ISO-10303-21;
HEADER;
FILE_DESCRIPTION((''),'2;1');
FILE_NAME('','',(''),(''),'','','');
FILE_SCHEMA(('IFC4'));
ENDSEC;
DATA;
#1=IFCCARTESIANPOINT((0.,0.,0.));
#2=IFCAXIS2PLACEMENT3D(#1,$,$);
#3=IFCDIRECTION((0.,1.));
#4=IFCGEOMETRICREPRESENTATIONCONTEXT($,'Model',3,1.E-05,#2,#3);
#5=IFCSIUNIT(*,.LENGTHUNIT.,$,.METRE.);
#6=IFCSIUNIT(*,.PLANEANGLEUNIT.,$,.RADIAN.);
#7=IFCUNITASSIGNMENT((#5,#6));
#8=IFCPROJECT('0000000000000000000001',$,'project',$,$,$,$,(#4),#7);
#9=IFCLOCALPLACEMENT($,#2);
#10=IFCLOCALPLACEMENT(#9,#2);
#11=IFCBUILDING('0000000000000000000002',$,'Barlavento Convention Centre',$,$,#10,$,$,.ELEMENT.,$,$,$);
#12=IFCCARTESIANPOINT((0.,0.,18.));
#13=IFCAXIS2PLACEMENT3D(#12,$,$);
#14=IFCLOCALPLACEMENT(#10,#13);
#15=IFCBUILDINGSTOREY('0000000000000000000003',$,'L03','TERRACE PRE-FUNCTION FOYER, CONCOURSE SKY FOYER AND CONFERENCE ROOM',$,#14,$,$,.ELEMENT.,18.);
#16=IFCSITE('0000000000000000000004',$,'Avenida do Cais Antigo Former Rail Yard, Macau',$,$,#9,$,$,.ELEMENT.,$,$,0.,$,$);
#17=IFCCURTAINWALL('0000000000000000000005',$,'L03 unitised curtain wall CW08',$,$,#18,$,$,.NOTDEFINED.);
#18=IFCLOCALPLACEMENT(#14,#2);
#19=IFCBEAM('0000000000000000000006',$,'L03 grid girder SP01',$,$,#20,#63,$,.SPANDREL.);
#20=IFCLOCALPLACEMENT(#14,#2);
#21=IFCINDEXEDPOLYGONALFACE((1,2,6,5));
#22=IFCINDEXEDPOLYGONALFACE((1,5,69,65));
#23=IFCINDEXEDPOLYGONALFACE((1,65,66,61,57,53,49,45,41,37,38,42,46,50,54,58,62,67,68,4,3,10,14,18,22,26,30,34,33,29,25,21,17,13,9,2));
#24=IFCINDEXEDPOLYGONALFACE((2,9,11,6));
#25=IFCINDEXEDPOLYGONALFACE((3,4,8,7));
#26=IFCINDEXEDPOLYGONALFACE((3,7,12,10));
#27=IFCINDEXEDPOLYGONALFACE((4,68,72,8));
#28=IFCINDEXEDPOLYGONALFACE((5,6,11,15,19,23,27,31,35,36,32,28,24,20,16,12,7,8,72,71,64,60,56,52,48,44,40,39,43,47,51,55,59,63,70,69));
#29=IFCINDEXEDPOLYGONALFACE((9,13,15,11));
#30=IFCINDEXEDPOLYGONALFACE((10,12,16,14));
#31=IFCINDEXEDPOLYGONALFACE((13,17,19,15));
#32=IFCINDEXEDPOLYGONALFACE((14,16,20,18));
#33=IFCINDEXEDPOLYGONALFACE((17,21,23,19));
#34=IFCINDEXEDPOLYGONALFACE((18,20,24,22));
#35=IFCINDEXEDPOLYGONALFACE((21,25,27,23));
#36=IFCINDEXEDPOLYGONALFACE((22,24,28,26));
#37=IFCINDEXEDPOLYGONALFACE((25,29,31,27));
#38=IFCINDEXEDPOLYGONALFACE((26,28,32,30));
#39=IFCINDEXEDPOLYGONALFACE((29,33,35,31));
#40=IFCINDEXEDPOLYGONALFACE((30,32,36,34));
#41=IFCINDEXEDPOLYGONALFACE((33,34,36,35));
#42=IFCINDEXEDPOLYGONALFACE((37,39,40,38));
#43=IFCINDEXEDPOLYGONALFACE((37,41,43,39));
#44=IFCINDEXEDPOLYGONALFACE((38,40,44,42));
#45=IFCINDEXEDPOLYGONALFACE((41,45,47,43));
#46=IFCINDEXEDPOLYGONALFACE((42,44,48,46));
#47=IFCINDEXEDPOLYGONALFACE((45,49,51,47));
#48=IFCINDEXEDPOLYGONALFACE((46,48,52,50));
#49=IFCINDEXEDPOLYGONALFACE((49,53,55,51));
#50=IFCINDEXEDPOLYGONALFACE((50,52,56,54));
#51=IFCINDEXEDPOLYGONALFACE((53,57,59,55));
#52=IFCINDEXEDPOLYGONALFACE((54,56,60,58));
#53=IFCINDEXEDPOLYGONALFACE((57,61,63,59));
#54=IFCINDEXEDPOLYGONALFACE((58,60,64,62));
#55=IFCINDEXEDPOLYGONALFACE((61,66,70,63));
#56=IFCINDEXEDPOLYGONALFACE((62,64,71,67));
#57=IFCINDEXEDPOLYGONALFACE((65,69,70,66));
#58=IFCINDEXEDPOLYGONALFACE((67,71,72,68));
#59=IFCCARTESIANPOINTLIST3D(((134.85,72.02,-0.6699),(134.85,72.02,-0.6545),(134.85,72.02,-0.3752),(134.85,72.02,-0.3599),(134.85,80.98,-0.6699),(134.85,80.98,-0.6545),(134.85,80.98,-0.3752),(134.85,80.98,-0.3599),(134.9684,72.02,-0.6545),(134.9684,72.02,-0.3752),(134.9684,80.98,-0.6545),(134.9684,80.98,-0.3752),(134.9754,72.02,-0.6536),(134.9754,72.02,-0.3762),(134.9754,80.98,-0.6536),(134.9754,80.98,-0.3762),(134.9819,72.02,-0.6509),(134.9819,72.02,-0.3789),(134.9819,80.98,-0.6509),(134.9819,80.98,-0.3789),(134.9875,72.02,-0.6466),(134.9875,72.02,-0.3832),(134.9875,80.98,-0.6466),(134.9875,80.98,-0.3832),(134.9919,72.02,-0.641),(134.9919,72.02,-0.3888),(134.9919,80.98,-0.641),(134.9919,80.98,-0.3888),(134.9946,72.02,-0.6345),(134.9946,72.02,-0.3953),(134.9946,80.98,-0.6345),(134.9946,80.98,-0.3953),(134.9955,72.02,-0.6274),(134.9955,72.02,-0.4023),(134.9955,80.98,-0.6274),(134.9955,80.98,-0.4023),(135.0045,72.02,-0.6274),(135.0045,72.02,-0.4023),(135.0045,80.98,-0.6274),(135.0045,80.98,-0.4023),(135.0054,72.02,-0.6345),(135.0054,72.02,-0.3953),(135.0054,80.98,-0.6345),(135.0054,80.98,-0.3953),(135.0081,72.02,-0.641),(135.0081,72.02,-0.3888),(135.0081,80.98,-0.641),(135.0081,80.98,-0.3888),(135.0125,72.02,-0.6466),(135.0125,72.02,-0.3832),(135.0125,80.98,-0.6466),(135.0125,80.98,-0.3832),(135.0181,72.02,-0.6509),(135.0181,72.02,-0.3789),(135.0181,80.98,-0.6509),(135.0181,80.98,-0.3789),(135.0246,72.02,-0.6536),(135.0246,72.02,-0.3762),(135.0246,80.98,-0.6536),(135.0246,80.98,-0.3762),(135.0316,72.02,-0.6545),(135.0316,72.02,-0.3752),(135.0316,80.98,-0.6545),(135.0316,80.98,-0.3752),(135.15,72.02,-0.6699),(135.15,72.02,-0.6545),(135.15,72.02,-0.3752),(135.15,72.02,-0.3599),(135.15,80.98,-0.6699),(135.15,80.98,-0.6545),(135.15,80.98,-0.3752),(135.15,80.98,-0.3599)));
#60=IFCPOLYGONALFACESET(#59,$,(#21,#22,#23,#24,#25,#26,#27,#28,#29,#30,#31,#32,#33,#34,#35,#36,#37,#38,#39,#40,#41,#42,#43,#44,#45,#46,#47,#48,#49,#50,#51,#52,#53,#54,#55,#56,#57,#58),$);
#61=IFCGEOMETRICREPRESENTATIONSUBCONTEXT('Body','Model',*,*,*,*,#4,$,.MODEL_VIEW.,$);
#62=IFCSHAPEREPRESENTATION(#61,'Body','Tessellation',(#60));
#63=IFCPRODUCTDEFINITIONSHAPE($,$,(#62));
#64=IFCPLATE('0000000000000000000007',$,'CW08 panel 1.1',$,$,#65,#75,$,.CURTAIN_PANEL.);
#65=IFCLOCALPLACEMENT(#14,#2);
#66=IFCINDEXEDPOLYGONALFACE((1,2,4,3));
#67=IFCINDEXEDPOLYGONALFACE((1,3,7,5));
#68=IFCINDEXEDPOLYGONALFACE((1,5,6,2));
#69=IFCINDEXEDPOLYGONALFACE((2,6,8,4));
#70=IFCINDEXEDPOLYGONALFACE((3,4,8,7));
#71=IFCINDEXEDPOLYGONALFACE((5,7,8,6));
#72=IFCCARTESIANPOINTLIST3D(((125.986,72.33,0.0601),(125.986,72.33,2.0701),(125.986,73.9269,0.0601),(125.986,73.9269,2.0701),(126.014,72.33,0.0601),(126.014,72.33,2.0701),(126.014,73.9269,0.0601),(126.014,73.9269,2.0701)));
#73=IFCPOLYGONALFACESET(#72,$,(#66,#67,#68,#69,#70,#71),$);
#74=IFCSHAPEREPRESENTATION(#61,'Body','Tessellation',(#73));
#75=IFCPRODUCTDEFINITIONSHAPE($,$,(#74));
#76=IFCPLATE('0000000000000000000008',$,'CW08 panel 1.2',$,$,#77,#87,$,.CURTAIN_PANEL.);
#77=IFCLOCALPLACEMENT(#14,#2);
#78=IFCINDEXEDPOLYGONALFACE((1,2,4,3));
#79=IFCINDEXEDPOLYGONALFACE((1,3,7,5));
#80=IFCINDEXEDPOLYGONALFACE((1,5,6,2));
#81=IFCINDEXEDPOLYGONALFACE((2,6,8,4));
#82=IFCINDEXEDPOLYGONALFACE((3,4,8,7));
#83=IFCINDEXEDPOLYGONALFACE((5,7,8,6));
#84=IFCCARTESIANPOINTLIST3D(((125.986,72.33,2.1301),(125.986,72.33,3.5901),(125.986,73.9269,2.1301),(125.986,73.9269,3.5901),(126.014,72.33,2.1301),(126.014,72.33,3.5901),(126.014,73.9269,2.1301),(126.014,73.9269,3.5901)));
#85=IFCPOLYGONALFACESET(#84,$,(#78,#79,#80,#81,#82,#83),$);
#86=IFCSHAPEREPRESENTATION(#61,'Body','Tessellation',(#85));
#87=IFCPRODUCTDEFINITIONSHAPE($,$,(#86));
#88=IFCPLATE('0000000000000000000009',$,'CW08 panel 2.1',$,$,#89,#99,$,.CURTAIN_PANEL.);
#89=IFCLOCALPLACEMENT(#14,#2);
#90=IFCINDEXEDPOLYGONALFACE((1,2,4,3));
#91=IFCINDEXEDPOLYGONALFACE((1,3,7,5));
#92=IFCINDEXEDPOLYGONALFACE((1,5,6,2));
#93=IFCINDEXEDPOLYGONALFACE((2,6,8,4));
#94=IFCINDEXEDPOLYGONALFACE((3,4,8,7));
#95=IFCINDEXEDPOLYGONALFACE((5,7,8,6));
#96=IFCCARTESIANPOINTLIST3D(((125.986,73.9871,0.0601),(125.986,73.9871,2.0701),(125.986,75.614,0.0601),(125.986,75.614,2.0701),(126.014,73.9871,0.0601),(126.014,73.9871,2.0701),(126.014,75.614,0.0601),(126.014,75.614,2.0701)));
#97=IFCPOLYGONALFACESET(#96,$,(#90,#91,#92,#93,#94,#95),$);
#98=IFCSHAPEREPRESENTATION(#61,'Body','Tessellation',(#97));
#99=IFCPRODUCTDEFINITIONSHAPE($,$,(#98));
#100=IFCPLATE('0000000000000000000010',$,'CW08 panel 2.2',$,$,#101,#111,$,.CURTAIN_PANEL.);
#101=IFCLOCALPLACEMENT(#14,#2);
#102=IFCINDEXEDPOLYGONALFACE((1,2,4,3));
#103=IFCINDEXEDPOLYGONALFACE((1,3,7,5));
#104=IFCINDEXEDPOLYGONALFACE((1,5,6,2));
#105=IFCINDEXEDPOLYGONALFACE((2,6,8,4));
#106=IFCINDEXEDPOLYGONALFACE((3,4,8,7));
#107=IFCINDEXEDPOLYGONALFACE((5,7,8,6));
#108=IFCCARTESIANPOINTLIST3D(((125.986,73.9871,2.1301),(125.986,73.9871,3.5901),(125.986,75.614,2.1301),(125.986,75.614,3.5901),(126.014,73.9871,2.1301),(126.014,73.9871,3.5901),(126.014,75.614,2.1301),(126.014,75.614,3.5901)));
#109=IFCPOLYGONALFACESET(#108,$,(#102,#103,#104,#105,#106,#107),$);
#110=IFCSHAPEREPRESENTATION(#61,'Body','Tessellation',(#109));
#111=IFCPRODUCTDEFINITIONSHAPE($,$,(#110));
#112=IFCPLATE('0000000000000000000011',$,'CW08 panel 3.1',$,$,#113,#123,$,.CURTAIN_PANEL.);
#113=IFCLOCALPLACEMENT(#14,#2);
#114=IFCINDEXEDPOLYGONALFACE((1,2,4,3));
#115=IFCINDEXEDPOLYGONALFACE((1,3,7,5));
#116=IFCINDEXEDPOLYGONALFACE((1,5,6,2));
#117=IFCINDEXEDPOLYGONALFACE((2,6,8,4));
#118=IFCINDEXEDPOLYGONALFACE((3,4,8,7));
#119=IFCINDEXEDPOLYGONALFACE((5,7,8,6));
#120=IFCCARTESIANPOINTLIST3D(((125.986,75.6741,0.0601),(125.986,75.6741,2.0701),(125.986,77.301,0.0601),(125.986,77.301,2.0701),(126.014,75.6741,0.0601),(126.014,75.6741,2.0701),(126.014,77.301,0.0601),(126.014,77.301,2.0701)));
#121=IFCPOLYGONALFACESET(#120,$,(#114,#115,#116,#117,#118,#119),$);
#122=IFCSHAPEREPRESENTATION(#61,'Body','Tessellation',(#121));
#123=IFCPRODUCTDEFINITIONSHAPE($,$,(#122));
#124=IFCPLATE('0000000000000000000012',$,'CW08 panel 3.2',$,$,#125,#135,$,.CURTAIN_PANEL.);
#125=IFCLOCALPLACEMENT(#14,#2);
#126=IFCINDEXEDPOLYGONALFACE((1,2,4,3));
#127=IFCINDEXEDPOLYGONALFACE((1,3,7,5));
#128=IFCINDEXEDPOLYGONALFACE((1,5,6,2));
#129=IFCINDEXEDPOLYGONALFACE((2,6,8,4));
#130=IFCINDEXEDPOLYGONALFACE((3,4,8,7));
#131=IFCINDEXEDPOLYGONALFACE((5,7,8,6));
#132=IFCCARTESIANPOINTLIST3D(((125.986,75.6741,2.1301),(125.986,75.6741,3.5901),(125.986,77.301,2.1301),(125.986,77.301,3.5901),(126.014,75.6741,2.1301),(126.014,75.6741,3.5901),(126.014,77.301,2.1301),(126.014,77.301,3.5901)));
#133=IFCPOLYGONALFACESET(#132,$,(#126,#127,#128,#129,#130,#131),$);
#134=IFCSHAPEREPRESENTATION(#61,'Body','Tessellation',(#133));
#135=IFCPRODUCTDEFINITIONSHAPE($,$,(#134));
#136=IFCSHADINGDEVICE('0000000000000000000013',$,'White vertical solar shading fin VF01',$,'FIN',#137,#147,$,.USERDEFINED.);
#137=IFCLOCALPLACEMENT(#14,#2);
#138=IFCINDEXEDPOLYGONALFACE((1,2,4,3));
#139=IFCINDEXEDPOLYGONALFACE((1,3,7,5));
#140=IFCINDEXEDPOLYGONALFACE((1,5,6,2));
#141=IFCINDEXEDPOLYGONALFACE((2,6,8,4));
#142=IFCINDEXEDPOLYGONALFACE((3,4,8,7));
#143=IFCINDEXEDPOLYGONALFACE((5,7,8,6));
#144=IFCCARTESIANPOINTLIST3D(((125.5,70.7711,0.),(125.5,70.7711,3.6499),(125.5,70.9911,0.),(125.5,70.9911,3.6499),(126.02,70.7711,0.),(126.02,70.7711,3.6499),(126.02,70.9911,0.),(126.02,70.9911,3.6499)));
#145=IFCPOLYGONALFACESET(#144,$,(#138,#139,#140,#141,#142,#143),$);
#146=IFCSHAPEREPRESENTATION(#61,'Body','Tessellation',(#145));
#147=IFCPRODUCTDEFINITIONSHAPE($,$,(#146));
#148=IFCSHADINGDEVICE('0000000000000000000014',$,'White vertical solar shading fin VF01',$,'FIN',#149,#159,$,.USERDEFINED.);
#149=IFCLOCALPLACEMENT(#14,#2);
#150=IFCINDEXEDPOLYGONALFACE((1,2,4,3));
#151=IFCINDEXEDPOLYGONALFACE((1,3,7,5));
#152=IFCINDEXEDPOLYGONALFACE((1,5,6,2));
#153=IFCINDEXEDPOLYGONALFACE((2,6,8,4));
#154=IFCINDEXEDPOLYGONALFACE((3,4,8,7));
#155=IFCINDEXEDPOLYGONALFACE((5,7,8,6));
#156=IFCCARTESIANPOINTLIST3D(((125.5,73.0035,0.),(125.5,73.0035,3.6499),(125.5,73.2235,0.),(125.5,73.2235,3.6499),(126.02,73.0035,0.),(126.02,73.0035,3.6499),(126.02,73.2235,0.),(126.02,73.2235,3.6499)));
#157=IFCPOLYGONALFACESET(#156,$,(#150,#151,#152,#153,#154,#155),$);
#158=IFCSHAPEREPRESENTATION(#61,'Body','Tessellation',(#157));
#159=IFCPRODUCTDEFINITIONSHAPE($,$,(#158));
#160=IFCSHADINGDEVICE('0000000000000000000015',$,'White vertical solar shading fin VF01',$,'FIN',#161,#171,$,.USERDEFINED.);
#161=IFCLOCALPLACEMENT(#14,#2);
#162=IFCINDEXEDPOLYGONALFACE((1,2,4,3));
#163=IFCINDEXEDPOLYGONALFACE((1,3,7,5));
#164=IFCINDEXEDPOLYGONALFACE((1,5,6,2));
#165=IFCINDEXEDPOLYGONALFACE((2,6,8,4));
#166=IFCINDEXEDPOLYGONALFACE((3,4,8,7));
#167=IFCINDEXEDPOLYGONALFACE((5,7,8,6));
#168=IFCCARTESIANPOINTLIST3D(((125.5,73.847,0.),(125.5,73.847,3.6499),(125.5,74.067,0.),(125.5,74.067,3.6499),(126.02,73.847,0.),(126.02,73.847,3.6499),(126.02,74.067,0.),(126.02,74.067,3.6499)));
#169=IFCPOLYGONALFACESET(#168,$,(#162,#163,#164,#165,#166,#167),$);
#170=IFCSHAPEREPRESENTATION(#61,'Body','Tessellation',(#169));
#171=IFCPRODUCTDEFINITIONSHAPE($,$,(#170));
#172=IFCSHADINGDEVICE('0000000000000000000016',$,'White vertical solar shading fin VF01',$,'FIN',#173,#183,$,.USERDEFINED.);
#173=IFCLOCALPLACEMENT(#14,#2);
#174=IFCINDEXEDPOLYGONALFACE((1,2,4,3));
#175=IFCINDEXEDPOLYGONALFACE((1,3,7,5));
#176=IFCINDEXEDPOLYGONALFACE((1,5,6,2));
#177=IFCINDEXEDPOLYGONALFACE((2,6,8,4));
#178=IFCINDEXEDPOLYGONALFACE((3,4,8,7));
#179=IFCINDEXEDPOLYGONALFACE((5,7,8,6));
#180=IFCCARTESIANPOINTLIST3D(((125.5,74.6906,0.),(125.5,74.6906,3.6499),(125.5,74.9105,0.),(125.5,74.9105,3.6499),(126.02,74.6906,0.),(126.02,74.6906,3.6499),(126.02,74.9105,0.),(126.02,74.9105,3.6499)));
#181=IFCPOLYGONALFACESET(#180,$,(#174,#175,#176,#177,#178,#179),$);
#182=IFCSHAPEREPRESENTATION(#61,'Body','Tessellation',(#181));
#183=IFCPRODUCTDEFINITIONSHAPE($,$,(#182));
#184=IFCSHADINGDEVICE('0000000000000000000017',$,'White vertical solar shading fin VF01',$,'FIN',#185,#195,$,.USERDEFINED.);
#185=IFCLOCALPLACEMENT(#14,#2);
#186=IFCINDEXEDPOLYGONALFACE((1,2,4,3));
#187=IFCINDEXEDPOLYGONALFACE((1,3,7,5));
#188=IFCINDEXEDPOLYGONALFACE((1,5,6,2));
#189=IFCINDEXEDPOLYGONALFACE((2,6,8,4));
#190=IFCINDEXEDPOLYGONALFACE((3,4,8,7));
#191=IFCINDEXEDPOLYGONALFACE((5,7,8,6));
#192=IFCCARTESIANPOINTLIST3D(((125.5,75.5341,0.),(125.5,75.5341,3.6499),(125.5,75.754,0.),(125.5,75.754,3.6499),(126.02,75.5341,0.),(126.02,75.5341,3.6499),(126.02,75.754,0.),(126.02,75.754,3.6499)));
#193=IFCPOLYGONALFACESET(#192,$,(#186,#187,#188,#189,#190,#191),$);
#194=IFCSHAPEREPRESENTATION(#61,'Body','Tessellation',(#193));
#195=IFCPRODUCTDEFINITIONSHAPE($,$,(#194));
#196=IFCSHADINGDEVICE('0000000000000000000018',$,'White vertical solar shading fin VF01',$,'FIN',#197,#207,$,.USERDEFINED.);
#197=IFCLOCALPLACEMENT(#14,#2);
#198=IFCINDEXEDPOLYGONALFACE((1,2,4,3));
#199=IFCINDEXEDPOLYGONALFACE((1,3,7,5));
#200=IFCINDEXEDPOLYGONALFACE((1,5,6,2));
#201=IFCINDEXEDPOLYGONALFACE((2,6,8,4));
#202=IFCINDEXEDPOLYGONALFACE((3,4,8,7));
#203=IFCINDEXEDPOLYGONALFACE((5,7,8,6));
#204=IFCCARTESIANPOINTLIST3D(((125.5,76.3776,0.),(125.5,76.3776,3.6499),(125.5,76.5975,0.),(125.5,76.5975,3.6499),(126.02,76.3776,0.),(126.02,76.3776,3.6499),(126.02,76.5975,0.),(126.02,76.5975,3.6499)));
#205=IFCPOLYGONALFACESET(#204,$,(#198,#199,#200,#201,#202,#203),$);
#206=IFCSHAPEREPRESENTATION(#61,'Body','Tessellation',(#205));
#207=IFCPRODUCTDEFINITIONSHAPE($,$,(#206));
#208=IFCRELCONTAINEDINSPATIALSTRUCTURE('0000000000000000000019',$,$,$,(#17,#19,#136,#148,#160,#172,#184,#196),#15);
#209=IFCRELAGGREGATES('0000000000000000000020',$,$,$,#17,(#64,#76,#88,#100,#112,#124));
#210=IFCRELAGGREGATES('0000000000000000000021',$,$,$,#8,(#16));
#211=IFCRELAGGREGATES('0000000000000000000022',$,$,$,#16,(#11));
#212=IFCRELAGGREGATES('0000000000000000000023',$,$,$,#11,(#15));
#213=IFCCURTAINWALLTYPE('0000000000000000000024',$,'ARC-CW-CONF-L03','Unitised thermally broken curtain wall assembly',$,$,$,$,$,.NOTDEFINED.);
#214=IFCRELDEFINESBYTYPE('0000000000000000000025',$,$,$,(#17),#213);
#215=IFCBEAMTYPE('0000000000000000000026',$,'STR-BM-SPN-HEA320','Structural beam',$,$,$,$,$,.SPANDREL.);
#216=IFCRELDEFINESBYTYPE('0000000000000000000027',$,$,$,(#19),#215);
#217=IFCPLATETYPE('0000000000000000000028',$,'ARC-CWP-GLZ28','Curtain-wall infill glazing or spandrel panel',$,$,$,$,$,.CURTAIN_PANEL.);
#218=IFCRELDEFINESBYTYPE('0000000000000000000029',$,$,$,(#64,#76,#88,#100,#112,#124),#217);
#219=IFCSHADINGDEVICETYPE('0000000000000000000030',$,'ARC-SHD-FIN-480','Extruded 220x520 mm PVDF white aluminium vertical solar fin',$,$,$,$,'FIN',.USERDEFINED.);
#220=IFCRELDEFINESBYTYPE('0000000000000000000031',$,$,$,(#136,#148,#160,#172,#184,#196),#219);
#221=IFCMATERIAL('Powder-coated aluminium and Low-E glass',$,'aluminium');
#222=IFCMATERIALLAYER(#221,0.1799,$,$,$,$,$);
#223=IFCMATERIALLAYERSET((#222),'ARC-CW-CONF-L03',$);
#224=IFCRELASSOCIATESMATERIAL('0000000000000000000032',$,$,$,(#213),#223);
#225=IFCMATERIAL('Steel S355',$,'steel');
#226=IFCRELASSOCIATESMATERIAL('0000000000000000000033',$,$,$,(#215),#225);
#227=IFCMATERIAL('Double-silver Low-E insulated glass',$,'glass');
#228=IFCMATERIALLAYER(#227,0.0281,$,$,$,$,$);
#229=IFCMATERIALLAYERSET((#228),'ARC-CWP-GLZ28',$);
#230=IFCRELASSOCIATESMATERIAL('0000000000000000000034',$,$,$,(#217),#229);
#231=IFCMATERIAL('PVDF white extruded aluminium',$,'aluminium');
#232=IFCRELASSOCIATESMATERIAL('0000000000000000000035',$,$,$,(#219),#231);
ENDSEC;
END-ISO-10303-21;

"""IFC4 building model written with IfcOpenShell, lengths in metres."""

from ifc_helpers import new_model, si_unit, direction, frame, origin, origin_2d, place, context, subcontext, project, spatial, rectangle, i_section, extrude, material, layer, layer_set, material_profile, profile_set, type_object, element, aggregate, save


model = new_model("IFC4")

# Units and contexts
model_context = context("Model", 3, precision=1e-05, world=origin(), true_north=direction((0.0, 1.0)))
body_context = subcontext(model_context, "Body", "Model", "MODEL_VIEW")
ifc_project = project(units=[si_unit("LENGTHUNIT", "METRE"), si_unit("PLANEANGLEUNIT", "RADIAN")], contexts=[model_context])

# Site, building, storey
site_placement = place(None, origin())
site = spatial("IfcSite", under=ifc_project, at=site_placement, Name="Avenida do Cais Antigo Former Rail Yard, Macau", CompositionType="ELEMENT", RefElevation=0.0)
building_placement = place(site_placement, origin())
building = spatial("IfcBuilding", under=site, at=building_placement, Name="Barlavento Convention Centre", CompositionType="ELEMENT")
storey_placement = place(building_placement, frame((0.0, 0.0, 18.0)))
storey = spatial("IfcBuildingStorey", under=building, at=storey_placement, Name="L03", Description="TERRACE PRE-FUNCTION FOYER, CONCOURSE SKY FOYER AND CONFERENCE ROOM", CompositionType="ELEMENT", Elevation=18.0)

# Shared definitions
ifc_material_1 = material(Name="Steel S355", Category="steel")

# Shared definitions
ifc_material_2 = material(Name="Powder-coated aluminium and Low-E glass", Category="aluminium")
ifc_layer_1 = layer(ifc_material_2, 0.1799)
ifc_layer_set_1 = layer_set([ifc_layer_1], Name="ARC-CW-CONF-L03")
curtain_wall_type = type_object("IfcCurtainWallType", Name="ARC-CW-CONF-L03", Description="Unitised thermally broken curtain wall assembly", PredefinedType="NOTDEFINED", material=ifc_layer_set_1)

# Curtain wall
curtain_wall_1_placement = place(storey_placement, origin())
curtain_wall_1 = element("IfcCurtainWall", 1, at=curtain_wall_1_placement, inside=storey, type_object=curtain_wall_type, Name="L03 unitised curtain wall CW08", PredefinedType="NOTDEFINED")

# Beam
ifc_material_profile_1 = material_profile(ifc_material_1, i_section(OverallWidth=0.3, OverallDepth=0.3101, WebThickness=0.009, FlangeThickness=0.0154, FilletRadius=0.0271, at=origin_2d()), Name="HEA 320")
ifc_profile_set_1 = profile_set([ifc_material_profile_1], Name="Steel S355")
beam_type_1 = type_object("IfcBeamType", Name="STR-BM-SPN-HEA320", Description="Structural beam", PredefinedType="SPANDREL", material=ifc_profile_set_1)
beam_1_placement = place(storey_placement, frame((135.0, 72.02, -0.5149), z_axis=(0.0, 1.0, 0.0), x_axis=(-1.0, 0.0, 0.0)))
element("IfcBeam", 2, at=beam_1_placement, inside=storey, type_object=beam_type_1, Name="L03 grid girder SP01", PredefinedType="SPANDREL", context=body_context, shape_type="SweptSolid", body=[
    extrude(i_section(OverallWidth=0.3, OverallDepth=0.3101, WebThickness=0.009, FlangeThickness=0.0154, FilletRadius=0.0271, at=origin_2d()), origin(), (0.0, 0.0, 1.0), 8.96),
])

# Plates
ifc_material_3 = material(Name="Double-silver Low-E insulated glass", Category="glass")
ifc_layer_2 = layer(ifc_material_3, 0.0281)
ifc_layer_set_2 = layer_set([ifc_layer_2], Name="ARC-CWP-GLZ28")
plate_type = type_object("IfcPlateType", Name="ARC-CWP-GLZ28", Description="Curtain-wall infill glazing or spandrel panel", PredefinedType="CURTAIN_PANEL", material=ifc_layer_set_2)
plate_1_placement = place(storey_placement, frame((126.0, 73.1284, 0.0601), z_axis=(0.0, 0.0, 1.0), x_axis=(0.0, 1.0, 0.0)))
plate_1 = element("IfcPlate", 3, at=plate_1_placement, type_object=plate_type, Name="CW08 panel 1.1", PredefinedType="CURTAIN_PANEL", context=body_context, shape_type="SweptSolid", body=[
    extrude(rectangle(XDim=1.5969, YDim=0.0281, at=origin_2d()), origin(), (0.0, 0.0, 1.0), 2.01),
])
plate_2_placement = place(storey_placement, frame((126.0, 73.1284, 2.1301), z_axis=(0.0, 0.0, 1.0), x_axis=(0.0, 1.0, 0.0)))
plate_2 = element("IfcPlate", 4, at=plate_2_placement, type_object=plate_type, Name="CW08 panel 1.2", PredefinedType="CURTAIN_PANEL", context=body_context, shape_type="SweptSolid", body=[
    extrude(rectangle(XDim=1.5969, YDim=0.0281, at=origin_2d()), origin(), (0.0, 0.0, 1.0), 1.46),
])
plate_3_placement = place(storey_placement, frame((126.0, 74.8005, 0.0601), z_axis=(0.0, 0.0, 1.0), x_axis=(0.0, 1.0, 0.0)))
plate_3 = element("IfcPlate", 5, at=plate_3_placement, type_object=plate_type, Name="CW08 panel 2.1", PredefinedType="CURTAIN_PANEL", context=body_context, shape_type="SweptSolid", body=[
    extrude(rectangle(XDim=1.627, YDim=0.0281, at=origin_2d()), origin(), (0.0, 0.0, 1.0), 2.01),
])
plate_4_placement = place(storey_placement, frame((126.0, 74.8005, 2.1301), z_axis=(0.0, 0.0, 1.0), x_axis=(0.0, 1.0, 0.0)))
plate_4 = element("IfcPlate", 6, at=plate_4_placement, type_object=plate_type, Name="CW08 panel 2.2", PredefinedType="CURTAIN_PANEL", context=body_context, shape_type="SweptSolid", body=[
    extrude(rectangle(XDim=1.627, YDim=0.0281, at=origin_2d()), origin(), (0.0, 0.0, 1.0), 1.46),
])
plate_5_placement = place(storey_placement, frame((126.0, 76.4875, 0.0601), z_axis=(0.0, 0.0, 1.0), x_axis=(0.0, 1.0, 0.0)))
plate_5 = element("IfcPlate", 7, at=plate_5_placement, type_object=plate_type, Name="CW08 panel 3.1", PredefinedType="CURTAIN_PANEL", context=body_context, shape_type="SweptSolid", body=[
    extrude(rectangle(XDim=1.627, YDim=0.0281, at=origin_2d()), origin(), (0.0, 0.0, 1.0), 2.01),
])
plate_6_placement = place(storey_placement, frame((126.0, 76.4875, 2.1301), z_axis=(0.0, 0.0, 1.0), x_axis=(0.0, 1.0, 0.0)))
plate_6 = element("IfcPlate", 8, at=plate_6_placement, type_object=plate_type, Name="CW08 panel 3.2", PredefinedType="CURTAIN_PANEL", context=body_context, shape_type="SweptSolid", body=[
    extrude(rectangle(XDim=1.627, YDim=0.0281, at=origin_2d()), origin(), (0.0, 0.0, 1.0), 1.46),
])
aggregate(curtain_wall_1, [plate_1, plate_2, plate_3, plate_4, plate_5, plate_6])

# Shading devices
ifc_material_4 = material(Name="PVDF white extruded aluminium", Category="aluminium")
shading_device_type = type_object("IfcShadingDeviceType", Name="ARC-SHD-FIN-480", Description="Extruded 220x520 mm PVDF white aluminium vertical solar fin", ElementType="FIN", PredefinedType="USERDEFINED", material=ifc_material_4)
for number, where, z_axis, x_axis, name in (
    (9, (125.76, 70.8811, 0.0), (0.0, 0.0, 1.0), (0.0, 1.0, 0.0), "White vertical solar shading fin VF01"),
    (10, (125.76, 73.1135, 0.0), (0.0, 0.0, 1.0), (0.0, 1.0, 0.0), "White vertical solar shading fin VF01"),
    (11, (125.76, 73.957, 0.0), (0.0, 0.0, 1.0), (0.0, 1.0, 0.0), "White vertical solar shading fin VF01"),
    (12, (125.76, 74.8005, 0.0), (0.0, 0.0, 1.0), (0.0, 1.0, 0.0), "White vertical solar shading fin VF01"),
    (13, (125.76, 75.644, 0.0), (0.0, 0.0, 1.0), (0.0, 1.0, 0.0), "White vertical solar shading fin VF01"),
    (14, (125.76, 76.4875, 0.0), (0.0, 0.0, 1.0), (0.0, 1.0, 0.0), "White vertical solar shading fin VF01"),
):
    element("IfcShadingDevice", number, at=place(storey_placement, frame(where, z_axis=z_axis, x_axis=x_axis)), inside=storey, type_object=shading_device_type, Name=name, ObjectType="FIN", PredefinedType="USERDEFINED", context=body_context, shape_type="SweptSolid", body=[
        extrude(rectangle(XDim=0.22, YDim=0.52, at=origin_2d()), origin(), (0.0, 0.0, 1.0), 3.6499),
    ])

save(model, "model.ifc")
